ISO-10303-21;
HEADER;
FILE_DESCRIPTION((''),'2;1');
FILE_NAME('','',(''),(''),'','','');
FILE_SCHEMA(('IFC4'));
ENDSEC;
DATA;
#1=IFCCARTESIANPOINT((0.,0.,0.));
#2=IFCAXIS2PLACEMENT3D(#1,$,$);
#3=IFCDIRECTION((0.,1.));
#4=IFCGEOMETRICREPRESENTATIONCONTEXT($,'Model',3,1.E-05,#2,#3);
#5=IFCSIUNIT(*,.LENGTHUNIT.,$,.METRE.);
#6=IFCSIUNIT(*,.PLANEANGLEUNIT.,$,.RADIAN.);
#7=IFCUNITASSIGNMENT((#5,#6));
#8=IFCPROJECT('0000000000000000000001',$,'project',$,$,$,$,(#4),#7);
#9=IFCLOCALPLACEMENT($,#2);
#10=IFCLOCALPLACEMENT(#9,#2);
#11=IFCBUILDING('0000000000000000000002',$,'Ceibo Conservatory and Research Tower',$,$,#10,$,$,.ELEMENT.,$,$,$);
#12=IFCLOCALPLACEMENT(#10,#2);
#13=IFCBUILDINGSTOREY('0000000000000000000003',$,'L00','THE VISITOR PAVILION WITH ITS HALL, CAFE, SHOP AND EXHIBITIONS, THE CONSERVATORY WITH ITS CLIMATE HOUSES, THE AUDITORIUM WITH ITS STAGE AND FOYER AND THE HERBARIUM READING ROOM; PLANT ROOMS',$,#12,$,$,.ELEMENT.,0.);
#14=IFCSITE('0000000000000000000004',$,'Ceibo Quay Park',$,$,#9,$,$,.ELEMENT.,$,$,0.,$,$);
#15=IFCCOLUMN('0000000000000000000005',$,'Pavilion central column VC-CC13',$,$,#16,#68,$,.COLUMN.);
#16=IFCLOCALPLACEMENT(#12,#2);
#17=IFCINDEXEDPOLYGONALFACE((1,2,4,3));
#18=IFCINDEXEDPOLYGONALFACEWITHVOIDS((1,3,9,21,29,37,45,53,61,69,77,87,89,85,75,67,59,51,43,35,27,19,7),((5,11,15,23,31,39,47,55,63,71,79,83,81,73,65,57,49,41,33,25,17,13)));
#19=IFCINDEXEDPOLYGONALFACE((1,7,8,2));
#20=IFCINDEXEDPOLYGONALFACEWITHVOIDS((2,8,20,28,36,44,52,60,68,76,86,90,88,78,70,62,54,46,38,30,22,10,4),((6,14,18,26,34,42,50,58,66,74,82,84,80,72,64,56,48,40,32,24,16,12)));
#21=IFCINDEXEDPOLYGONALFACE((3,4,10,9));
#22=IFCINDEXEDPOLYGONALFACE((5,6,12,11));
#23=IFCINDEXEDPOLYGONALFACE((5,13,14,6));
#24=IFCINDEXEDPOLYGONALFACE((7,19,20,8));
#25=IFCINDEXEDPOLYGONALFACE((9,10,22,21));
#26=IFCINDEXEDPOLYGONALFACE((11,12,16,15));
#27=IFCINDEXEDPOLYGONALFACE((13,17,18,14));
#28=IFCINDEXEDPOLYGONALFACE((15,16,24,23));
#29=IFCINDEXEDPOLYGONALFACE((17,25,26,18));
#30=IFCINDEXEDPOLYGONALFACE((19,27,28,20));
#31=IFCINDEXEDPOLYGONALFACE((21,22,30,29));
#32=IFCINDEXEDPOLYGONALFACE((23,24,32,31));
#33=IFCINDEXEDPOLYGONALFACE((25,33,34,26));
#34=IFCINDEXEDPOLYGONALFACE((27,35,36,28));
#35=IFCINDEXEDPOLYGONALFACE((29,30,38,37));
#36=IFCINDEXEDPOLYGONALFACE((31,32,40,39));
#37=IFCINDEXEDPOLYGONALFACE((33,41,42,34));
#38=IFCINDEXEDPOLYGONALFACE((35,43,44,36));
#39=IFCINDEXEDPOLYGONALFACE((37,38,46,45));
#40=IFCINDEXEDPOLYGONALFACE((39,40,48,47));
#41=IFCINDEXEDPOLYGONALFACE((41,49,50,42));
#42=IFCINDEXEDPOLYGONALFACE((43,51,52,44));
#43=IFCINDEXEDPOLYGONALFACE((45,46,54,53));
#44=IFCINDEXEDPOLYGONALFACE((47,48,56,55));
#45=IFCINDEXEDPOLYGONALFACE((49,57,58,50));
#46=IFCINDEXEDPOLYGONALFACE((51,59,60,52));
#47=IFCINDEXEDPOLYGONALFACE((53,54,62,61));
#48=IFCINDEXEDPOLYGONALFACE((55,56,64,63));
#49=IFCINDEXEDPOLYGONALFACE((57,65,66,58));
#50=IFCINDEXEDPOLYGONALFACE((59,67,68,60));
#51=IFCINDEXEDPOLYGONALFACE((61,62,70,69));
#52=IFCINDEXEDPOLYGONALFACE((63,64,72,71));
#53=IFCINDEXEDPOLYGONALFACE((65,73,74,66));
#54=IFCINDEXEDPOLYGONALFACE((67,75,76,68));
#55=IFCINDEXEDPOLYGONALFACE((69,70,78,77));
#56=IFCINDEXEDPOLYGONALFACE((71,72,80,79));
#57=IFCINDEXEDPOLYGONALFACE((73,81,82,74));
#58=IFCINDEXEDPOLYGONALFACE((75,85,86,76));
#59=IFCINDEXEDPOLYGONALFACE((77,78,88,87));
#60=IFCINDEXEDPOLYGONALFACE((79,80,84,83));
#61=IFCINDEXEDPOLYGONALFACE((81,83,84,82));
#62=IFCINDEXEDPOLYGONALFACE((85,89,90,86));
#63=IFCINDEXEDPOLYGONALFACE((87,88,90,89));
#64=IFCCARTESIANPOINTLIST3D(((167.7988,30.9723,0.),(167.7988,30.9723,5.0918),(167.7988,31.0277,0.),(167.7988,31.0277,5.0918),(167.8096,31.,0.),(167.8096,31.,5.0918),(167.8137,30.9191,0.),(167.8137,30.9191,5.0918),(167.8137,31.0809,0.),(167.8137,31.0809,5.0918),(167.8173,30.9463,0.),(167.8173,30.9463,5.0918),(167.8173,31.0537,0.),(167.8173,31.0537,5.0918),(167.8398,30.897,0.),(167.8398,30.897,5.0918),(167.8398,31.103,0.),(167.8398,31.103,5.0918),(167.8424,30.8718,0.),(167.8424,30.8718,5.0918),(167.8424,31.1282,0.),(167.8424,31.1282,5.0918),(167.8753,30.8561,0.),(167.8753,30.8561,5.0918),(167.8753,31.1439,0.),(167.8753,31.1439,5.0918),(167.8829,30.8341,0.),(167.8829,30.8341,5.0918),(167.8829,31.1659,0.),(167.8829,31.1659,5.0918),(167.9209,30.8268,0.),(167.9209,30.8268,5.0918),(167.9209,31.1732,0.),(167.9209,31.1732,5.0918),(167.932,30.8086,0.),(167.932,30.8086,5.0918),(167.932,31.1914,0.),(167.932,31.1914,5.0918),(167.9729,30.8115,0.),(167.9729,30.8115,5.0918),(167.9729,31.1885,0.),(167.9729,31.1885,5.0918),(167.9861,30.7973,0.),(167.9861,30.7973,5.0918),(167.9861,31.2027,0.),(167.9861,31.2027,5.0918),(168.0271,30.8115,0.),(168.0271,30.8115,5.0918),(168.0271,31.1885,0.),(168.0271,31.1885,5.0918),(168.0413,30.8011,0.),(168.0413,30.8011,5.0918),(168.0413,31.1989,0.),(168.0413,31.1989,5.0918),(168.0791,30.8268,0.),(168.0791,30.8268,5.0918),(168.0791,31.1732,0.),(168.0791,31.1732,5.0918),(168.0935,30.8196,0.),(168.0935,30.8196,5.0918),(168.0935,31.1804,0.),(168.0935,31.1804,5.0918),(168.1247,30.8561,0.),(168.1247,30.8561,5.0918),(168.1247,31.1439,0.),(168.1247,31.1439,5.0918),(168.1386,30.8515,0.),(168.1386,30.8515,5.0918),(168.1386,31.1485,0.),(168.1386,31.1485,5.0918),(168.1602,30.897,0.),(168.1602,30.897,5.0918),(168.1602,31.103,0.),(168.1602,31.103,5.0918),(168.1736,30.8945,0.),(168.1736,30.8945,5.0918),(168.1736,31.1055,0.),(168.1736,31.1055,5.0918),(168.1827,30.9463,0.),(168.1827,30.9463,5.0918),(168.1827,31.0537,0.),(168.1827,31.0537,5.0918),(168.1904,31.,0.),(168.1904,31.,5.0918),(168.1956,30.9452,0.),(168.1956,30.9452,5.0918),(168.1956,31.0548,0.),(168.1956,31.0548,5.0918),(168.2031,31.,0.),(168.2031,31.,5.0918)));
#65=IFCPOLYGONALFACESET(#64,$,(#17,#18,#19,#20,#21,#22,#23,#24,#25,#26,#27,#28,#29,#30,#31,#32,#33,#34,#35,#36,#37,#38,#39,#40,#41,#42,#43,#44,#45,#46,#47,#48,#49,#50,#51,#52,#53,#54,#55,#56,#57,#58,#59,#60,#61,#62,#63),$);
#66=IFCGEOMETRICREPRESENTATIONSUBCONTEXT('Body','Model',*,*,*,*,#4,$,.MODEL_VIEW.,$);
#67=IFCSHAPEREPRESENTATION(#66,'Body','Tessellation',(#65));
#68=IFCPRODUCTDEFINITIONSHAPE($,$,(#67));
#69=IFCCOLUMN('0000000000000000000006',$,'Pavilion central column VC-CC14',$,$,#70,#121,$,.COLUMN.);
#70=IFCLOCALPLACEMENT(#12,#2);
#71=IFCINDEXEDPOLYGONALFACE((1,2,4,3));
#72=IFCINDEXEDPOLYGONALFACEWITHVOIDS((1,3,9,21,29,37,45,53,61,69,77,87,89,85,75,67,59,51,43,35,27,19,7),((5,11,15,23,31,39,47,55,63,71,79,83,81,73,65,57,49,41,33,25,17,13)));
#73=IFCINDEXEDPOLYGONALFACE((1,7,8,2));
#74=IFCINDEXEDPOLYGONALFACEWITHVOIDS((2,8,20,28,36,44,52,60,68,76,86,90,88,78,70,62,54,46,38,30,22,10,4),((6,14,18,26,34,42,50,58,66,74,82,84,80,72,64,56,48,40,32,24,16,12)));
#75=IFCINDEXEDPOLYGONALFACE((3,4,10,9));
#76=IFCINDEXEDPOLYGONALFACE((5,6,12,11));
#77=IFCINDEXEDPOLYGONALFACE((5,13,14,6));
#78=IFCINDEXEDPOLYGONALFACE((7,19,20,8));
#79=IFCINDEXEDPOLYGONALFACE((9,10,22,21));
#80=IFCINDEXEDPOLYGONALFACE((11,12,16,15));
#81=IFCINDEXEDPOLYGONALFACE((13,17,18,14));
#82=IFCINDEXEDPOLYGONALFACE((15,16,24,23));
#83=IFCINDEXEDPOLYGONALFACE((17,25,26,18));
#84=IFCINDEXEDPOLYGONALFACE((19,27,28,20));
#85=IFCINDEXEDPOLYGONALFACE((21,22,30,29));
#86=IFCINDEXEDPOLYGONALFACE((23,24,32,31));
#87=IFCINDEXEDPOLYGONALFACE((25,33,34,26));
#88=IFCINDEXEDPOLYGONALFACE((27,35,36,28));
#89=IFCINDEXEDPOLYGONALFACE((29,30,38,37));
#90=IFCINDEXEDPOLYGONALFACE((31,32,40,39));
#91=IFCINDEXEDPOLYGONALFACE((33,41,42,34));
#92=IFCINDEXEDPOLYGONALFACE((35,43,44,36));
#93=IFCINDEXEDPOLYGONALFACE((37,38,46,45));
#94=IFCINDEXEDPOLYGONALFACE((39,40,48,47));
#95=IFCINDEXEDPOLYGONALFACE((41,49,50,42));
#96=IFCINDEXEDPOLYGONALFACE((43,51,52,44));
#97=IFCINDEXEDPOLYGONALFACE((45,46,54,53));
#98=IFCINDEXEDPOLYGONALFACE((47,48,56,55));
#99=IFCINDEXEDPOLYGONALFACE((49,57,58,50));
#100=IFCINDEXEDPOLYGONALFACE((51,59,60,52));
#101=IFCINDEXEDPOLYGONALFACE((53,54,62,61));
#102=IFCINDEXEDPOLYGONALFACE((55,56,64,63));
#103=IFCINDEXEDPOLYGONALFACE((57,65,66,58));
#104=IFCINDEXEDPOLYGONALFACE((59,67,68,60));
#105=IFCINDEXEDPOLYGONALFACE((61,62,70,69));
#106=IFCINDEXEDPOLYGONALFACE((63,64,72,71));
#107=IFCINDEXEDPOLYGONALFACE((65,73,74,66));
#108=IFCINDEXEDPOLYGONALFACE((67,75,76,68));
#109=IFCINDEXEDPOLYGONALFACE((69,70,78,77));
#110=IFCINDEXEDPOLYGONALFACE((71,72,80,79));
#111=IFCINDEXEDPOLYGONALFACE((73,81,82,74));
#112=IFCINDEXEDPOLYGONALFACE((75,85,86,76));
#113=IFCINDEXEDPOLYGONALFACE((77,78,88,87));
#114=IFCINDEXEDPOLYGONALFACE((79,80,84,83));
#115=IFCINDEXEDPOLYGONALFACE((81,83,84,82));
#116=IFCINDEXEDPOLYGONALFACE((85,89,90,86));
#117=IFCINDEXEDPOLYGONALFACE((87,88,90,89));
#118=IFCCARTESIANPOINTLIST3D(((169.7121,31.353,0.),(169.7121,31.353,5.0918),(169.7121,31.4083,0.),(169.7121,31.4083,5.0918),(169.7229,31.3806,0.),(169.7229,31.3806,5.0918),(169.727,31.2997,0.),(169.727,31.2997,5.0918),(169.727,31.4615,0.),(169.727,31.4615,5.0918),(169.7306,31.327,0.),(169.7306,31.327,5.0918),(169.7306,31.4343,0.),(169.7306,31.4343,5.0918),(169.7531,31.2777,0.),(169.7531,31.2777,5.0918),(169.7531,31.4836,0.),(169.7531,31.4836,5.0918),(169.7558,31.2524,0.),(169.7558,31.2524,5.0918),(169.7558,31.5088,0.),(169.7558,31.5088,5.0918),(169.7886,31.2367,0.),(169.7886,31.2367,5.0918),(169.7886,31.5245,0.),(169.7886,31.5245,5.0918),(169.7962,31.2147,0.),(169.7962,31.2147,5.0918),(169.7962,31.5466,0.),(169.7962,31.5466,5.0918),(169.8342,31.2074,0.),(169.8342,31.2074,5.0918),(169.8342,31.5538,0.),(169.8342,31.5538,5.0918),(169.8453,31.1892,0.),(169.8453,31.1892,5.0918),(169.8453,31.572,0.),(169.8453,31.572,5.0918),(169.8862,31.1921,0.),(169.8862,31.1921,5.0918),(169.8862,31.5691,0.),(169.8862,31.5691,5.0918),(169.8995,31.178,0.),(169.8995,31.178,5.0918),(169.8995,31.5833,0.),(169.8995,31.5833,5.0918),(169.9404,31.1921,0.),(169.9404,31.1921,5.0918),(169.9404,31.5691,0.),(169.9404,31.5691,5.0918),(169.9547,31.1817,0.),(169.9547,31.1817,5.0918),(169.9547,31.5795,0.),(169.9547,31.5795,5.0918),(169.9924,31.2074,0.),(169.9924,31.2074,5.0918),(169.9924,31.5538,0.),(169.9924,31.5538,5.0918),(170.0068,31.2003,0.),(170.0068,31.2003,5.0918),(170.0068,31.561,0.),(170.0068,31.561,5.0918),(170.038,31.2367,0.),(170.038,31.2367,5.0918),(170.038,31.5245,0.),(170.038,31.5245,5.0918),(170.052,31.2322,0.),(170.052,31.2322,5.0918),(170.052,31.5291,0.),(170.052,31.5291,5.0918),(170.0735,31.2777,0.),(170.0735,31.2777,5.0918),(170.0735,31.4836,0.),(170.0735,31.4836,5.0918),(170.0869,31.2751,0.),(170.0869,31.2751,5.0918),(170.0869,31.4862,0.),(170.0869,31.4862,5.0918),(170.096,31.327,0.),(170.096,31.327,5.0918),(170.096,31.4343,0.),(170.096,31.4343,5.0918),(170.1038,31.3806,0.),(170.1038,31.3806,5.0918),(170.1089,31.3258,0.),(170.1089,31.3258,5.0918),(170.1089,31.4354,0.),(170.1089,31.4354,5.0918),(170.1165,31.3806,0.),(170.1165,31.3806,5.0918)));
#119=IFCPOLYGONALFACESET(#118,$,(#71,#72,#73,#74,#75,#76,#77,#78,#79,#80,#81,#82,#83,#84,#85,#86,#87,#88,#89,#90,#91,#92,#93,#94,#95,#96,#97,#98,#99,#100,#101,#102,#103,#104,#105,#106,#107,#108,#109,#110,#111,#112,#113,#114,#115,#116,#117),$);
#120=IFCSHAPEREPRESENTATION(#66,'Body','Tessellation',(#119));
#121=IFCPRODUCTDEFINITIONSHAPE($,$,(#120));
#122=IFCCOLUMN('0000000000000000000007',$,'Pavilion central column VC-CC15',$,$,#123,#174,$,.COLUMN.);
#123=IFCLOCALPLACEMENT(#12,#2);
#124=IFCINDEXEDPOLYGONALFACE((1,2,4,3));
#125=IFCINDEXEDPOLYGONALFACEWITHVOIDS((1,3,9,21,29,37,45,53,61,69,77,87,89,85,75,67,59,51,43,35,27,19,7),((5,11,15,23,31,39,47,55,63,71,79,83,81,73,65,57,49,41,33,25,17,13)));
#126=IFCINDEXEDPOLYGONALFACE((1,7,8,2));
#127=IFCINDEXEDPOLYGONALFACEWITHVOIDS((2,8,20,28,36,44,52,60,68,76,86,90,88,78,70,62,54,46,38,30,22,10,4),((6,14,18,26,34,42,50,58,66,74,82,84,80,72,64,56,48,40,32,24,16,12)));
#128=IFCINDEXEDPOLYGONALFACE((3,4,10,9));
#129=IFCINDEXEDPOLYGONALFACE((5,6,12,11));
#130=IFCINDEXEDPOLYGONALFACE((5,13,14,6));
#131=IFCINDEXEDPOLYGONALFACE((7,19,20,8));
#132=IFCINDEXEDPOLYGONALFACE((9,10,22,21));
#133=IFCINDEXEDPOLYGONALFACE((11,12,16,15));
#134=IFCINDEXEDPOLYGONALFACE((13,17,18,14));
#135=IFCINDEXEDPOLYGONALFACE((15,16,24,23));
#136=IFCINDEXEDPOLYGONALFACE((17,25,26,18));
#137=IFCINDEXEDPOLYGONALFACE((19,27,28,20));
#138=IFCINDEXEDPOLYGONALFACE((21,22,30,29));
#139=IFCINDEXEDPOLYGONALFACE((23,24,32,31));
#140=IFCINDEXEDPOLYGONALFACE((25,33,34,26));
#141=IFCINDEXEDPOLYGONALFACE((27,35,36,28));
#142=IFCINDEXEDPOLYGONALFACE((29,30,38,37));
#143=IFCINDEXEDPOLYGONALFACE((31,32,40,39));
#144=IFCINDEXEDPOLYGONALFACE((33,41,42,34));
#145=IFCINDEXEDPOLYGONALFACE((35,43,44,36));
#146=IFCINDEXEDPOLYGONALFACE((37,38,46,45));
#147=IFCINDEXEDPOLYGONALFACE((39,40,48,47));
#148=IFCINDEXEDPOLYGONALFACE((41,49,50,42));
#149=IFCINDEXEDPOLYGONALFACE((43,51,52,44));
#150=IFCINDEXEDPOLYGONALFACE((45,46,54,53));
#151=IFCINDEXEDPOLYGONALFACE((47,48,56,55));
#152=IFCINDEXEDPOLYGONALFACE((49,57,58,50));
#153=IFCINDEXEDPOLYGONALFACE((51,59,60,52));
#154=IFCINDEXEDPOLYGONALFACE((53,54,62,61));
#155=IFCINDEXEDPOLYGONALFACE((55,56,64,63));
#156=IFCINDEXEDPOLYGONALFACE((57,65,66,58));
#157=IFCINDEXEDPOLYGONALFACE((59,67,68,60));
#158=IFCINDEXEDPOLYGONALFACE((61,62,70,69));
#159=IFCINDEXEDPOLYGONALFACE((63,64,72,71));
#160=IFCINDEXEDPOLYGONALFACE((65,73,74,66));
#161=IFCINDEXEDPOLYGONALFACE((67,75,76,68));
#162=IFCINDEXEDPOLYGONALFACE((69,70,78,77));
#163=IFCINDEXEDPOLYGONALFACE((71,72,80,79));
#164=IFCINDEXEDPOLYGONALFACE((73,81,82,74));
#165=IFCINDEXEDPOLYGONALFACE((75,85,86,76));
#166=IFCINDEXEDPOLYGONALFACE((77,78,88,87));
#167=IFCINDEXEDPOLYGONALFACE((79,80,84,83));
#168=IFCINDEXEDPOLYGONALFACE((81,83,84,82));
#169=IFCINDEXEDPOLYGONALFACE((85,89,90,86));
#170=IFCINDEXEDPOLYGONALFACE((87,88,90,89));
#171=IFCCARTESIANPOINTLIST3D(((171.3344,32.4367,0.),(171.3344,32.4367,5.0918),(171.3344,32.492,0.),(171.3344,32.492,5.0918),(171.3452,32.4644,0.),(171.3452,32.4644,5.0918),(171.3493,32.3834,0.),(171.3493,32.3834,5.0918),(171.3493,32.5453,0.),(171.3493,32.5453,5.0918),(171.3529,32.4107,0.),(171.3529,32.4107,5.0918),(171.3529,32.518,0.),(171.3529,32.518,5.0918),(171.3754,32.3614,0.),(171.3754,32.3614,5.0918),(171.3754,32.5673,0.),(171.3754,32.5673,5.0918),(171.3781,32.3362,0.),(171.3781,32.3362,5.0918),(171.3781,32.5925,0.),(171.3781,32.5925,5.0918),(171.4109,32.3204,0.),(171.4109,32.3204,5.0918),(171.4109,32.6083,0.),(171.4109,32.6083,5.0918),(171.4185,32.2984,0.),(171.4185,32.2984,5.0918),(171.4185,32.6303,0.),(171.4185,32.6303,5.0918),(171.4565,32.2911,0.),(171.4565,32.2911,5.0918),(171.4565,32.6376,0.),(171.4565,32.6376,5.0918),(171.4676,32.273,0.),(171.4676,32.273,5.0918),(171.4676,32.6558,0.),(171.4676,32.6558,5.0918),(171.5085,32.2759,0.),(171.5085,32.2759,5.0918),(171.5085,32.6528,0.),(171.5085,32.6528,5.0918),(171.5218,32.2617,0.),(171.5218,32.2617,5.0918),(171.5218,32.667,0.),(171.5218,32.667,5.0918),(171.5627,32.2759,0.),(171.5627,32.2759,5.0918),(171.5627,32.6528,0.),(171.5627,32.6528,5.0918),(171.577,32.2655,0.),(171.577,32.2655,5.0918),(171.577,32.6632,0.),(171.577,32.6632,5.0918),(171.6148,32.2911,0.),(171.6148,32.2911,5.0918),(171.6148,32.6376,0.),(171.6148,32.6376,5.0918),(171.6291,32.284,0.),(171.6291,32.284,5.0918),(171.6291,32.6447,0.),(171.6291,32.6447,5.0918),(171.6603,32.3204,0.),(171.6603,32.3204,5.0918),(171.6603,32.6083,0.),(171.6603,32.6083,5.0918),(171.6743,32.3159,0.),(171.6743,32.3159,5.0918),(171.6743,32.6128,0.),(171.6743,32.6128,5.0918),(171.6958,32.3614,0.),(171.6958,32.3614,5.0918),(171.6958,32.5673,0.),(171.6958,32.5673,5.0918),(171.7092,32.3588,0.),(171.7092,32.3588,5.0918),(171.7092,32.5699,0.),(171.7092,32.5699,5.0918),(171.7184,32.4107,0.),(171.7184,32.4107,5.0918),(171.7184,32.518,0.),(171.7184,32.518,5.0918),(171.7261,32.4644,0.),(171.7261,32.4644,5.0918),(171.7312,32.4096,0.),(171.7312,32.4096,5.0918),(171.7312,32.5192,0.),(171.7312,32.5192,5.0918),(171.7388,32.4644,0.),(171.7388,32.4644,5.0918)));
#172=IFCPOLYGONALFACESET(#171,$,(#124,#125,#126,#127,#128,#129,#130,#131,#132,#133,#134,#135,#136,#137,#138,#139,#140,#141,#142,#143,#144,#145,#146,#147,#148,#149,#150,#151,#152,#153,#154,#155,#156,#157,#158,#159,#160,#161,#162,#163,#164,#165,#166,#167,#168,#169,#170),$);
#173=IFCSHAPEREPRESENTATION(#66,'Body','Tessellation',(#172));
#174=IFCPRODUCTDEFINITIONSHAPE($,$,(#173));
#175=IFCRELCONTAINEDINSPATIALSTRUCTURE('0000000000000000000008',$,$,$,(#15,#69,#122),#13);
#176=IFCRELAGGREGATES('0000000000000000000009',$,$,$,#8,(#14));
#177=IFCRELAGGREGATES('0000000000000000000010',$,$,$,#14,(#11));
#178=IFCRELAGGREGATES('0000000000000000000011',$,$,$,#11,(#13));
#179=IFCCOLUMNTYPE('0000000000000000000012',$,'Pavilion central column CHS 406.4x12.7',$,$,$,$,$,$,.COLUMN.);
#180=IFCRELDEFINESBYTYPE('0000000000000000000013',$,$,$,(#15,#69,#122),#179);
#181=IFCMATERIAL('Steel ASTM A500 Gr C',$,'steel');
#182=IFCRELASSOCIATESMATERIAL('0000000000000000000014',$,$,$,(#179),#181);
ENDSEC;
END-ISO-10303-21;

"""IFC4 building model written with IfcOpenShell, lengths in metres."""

from ifc_helpers import new_model, si_unit, direction, frame, origin, origin_2d, place, context, subcontext, project, spatial, hollow_circle, extrude, material, material_profile, profile_set, type_object, element, save


model = new_model("IFC4")

# Units and contexts
model_context = context("Model", 3, precision=1e-05, world=origin(), true_north=direction((0.0, 1.0)))
body_context = subcontext(model_context, "Body", "Model", "MODEL_VIEW")
ifc_project = project(units=[si_unit("LENGTHUNIT", "METRE"), si_unit("PLANEANGLEUNIT", "RADIAN")], contexts=[model_context])

# Site, building, storey
site_placement = place(None, origin())
site = spatial("IfcSite", under=ifc_project, at=site_placement, Name="Ceibo Quay Park", CompositionType="ELEMENT", RefElevation=0.0)
building_placement = place(site_placement, origin())
building = spatial("IfcBuilding", under=site, at=building_placement, Name="Ceibo Conservatory and Research Tower", CompositionType="ELEMENT")
storey_placement = place(building_placement, origin())
storey = spatial("IfcBuildingStorey", under=building, at=storey_placement, Name="L00", Description="THE VISITOR PAVILION WITH ITS HALL, CAFE, SHOP AND EXHIBITIONS, THE CONSERVATORY WITH ITS CLIMATE HOUSES, THE AUDITORIUM WITH ITS STAGE AND FOYER AND THE HERBARIUM READING ROOM; PLANT ROOMS", CompositionType="ELEMENT", Elevation=0.0)

# Columns
ifc_material_1 = material(Name="Steel ASTM A500 Gr C", Category="steel")
ifc_material_profile_1 = material_profile(ifc_material_1, hollow_circle(Radius=0.2031, WallThickness=0.0127, at=origin_2d()), Name="Pavilion central column CHS 406.4x12.7")
ifc_profile_set_1 = profile_set([ifc_material_profile_1], Name="Steel ASTM A500 Gr C")
column_type = type_object("IfcColumnType", Name="Pavilion central column CHS 406.4x12.7", PredefinedType="COLUMN", material=ifc_profile_set_1)
for number, where, z_axis, x_axis, name in (
    (1, (168.0, 31.0, 0.0), (0.0, 0.0, 1.0), (1.0, 0.0, 0.0), "Pavilion central column VC-CC13"),
    (2, (169.9133, 31.3806, 0.0), (0.0, 0.0, 1.0), (1.0, 0.0, 0.0), "Pavilion central column VC-CC14"),
    (3, (171.5356, 32.4644, 0.0), (0.0, 0.0, 1.0), (1.0, 0.0, 0.0), "Pavilion central column VC-CC15"),
):
    element("IfcColumn", number, at=place(storey_placement, frame(where, z_axis=z_axis, x_axis=x_axis)), inside=storey, type_object=column_type, Name=name, PredefinedType="COLUMN", context=body_context, shape_type="SweptSolid", body=[
        extrude(hollow_circle(Radius=0.2031, WallThickness=0.0127, at=origin_2d()), origin(), (0.0, 0.0, 1.0), 5.0918),
    ])

save(model, "model.ifc")
